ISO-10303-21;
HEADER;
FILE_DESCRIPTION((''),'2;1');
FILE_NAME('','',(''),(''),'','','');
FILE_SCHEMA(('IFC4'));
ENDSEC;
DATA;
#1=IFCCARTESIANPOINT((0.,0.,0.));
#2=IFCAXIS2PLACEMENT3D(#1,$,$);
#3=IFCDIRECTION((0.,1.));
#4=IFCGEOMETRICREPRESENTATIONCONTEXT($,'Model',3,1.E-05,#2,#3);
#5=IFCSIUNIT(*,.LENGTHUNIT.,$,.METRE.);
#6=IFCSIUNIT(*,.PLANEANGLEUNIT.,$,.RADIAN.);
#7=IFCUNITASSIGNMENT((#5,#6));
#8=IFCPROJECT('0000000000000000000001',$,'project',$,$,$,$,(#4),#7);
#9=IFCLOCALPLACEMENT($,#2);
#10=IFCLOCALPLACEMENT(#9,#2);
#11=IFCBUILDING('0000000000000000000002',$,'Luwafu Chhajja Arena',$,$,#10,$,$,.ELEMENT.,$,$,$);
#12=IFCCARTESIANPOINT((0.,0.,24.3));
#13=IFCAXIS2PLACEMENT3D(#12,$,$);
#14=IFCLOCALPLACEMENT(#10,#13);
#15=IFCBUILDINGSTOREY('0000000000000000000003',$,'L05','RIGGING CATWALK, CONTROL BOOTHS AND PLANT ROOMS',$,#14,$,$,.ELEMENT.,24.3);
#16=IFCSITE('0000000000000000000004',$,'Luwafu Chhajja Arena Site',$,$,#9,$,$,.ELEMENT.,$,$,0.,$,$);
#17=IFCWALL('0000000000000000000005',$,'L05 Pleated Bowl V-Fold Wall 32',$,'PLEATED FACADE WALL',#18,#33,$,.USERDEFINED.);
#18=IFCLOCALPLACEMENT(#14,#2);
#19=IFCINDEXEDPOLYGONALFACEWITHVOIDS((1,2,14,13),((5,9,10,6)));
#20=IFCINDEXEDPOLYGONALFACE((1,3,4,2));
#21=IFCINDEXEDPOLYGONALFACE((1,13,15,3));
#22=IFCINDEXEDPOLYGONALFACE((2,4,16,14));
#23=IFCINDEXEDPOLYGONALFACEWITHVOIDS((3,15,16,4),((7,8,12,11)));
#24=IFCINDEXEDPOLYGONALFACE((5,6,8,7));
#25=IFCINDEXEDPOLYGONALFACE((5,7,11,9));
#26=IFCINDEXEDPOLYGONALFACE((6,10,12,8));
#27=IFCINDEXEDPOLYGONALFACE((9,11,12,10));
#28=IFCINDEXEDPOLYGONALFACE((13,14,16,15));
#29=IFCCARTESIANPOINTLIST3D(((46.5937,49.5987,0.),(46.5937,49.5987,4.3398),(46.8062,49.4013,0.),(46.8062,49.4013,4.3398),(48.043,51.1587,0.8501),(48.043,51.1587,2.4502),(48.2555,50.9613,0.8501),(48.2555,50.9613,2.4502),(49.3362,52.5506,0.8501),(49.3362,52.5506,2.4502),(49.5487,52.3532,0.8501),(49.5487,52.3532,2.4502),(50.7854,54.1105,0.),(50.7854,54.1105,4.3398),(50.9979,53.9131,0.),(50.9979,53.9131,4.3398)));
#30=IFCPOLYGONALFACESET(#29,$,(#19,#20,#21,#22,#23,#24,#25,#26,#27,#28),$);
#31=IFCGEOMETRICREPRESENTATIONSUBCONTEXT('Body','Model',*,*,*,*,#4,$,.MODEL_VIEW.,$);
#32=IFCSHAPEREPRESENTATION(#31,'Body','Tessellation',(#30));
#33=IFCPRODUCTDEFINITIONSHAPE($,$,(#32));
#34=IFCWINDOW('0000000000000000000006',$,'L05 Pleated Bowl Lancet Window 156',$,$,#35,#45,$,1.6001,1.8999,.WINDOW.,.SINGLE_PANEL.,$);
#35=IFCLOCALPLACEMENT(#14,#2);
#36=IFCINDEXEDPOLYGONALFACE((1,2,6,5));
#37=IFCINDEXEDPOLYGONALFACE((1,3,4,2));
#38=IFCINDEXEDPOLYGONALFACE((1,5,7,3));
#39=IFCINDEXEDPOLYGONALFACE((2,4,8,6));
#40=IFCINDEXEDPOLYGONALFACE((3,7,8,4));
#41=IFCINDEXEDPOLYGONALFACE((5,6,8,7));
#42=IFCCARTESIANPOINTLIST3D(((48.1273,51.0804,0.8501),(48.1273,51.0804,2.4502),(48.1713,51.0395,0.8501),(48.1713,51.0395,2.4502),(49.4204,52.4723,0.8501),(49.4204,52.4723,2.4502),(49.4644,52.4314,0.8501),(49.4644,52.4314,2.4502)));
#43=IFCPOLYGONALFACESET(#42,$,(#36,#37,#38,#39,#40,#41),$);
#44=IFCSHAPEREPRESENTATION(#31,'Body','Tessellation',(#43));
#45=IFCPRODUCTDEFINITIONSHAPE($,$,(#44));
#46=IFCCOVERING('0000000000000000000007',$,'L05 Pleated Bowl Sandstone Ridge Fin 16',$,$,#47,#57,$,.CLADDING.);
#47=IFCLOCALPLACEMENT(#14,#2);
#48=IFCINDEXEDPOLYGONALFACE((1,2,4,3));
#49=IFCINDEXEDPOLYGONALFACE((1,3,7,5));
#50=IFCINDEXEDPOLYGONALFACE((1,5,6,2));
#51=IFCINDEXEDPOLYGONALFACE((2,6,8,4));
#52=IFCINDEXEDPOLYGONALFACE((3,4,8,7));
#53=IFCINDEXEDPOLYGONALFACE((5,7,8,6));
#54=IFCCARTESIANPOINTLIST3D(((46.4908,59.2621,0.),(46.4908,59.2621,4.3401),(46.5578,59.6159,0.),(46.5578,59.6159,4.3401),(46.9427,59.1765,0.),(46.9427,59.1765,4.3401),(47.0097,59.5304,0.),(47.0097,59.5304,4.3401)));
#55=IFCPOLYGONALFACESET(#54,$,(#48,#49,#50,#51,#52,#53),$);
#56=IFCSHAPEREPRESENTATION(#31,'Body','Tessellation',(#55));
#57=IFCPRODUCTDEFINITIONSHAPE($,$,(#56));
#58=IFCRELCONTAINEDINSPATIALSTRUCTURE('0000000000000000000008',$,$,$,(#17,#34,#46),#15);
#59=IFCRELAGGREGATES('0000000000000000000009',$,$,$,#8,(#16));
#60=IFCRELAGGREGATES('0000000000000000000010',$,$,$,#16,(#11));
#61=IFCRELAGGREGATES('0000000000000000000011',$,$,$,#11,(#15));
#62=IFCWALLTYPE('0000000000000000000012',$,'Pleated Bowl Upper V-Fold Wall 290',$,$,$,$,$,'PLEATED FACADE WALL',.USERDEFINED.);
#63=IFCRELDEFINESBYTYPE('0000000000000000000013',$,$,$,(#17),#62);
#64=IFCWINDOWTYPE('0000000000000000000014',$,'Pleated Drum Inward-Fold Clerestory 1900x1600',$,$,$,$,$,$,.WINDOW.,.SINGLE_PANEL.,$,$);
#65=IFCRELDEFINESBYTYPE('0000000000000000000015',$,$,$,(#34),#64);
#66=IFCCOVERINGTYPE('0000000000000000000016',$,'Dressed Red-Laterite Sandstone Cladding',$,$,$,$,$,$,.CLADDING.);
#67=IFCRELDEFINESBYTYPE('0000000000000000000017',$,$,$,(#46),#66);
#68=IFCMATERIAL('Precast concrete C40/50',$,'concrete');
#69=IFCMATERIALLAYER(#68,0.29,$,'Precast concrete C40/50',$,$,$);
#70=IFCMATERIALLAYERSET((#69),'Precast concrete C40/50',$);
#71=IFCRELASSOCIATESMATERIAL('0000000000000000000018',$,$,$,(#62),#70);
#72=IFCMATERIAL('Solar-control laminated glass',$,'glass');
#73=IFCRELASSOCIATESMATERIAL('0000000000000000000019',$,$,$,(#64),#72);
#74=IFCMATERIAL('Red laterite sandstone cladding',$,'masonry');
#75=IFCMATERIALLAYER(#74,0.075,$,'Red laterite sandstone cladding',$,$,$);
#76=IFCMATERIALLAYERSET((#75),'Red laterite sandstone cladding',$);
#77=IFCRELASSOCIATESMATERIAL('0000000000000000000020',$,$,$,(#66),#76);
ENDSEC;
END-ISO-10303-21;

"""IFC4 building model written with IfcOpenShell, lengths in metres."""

from ifc_helpers import new_model, si_unit, direction, frame, frame_2d, origin, origin_2d, place, context, subcontext, project, spatial, rectangle, extrude, material, layer, layer_set, type_object, element, fill, save


model = new_model("IFC4")

# Units and contexts
model_context = context("Model", 3, precision=1e-05, world=origin(), true_north=direction((0.0, 1.0)))
body_context = subcontext(model_context, "Body", "Model", "MODEL_VIEW")
ifc_project = project(units=[si_unit("LENGTHUNIT", "METRE"), si_unit("PLANEANGLEUNIT", "RADIAN")], contexts=[model_context])

# Site, building, storey
site_placement = place(None, origin())
site = spatial("IfcSite", under=ifc_project, at=site_placement, Name="Luwafu Chhajja Arena Site", CompositionType="ELEMENT", RefElevation=0.0)
building_placement = place(site_placement, origin())
building = spatial("IfcBuilding", under=site, at=building_placement, Name="Luwafu Chhajja Arena", CompositionType="ELEMENT")
storey_placement = place(building_placement, frame((0.0, 0.0, 24.3)))
storey = spatial("IfcBuildingStorey", under=building, at=storey_placement, Name="L05", Description="RIGGING CATWALK, CONTROL BOOTHS AND PLANT ROOMS", CompositionType="ELEMENT", Elevation=24.3)

# Shared definitions
ifc_material_1 = material(Name="Solar-control laminated glass", Category="glass")

# Wall, opening, window
ifc_material_2 = material(Name="Precast concrete C40/50", Category="concrete")
ifc_layer_1 = layer(ifc_material_2, 0.29, Name="Precast concrete C40/50")
ifc_layer_set_1 = layer_set([ifc_layer_1], Name="Precast concrete C40/50")
wall_type = type_object("IfcWallType", Name="Pleated Bowl Upper V-Fold Wall 290", ElementType="PLEATED FACADE WALL", PredefinedType="USERDEFINED", material=ifc_layer_set_1)
wall_1_placement = place(storey_placement, frame((50.8916, 54.0117, 0.0), z_axis=(0.0, 0.0, 1.0), x_axis=(-0.680643, -0.732616, 0.0)))
wall_1 = element("IfcWall", 1, at=wall_1_placement, inside=storey, type_object=wall_type, Name="L05 Pleated Bowl V-Fold Wall 32", ObjectType="PLEATED FACADE WALL", PredefinedType="USERDEFINED", context=body_context, shape_type="SweptSolid", body=[
    extrude(rectangle(XDim=6.1584, YDim=0.29, at=frame_2d((3.0791, 0.0))), origin(), (0.0, 0.0, 1.0), 4.3398),
])
opening_1_placement = place(wall_1_placement, frame((2.1292, 0.0, 0.8501)))
opening_1 = element("IfcOpeningElement", 2, at=opening_1_placement, cuts=wall_1, PredefinedType="OPENING", context=body_context, shape_type="SweptSolid", body=[
    extrude(rectangle(XDim=1.8999, YDim=1.6001, at=frame_2d((0.95, 0.8))), frame((0.0, 0.155, 0.0), z_axis=(0.0, -1.0, 0.0), x_axis=(1.0, 0.0, 0.0)), (0.0, 0.0, 1.0), 0.3101),
])
window_type_1 = type_object("IfcWindowType", Name="Pleated Drum Inward-Fold Clerestory 1900x1600", PartitioningType="SINGLE_PANEL", PredefinedType="WINDOW", material=ifc_material_1)
window_1_placement = place(opening_1_placement, origin())
window_1 = element("IfcWindow", 3, at=window_1_placement, inside=storey, type_object=window_type_1, Name="L05 Pleated Bowl Lancet Window 156", OverallHeight=1.6001, OverallWidth=1.8999, PartitioningType="SINGLE_PANEL", PredefinedType="WINDOW", context=body_context, shape_type="SweptSolid", body=[
    extrude(rectangle(XDim=1.8999, YDim=1.6001, at=frame_2d((0.95, 0.8))), frame((0.0, 0.03, 0.0), z_axis=(0.0, -1.0, 0.0), x_axis=(1.0, 0.0, 0.0)), (0.0, 0.0, 1.0), 0.0601),
])
fill(opening_1, window_1)

# Covering
ifc_material_3 = material(Name="Red laterite sandstone cladding", Category="masonry")
ifc_layer_2 = layer(ifc_material_3, 0.075, Name="Red laterite sandstone cladding")
ifc_layer_set_2 = layer_set([ifc_layer_2], Name="Red laterite sandstone cladding")
covering_type = type_object("IfcCoveringType", Name="Dressed Red-Laterite Sandstone Cladding", PredefinedType="CLADDING", material=ifc_layer_set_2)
covering_placement = place(storey_placement, frame((46.7502, 59.3962, 0.0), z_axis=(0.0, 0.0, 1.0), x_axis=(-0.982532, 0.186093, 0.0)))
element("IfcCovering", 4, at=covering_placement, inside=storey, type_object=covering_type, Name="L05 Pleated Bowl Sandstone Ridge Fin 16", PredefinedType="CLADDING", context=body_context, shape_type="SweptSolid", body=[
    extrude(rectangle(XDim=0.46, YDim=0.3601, at=origin_2d()), origin(), (0.0, 0.0, 1.0), 4.3401),
])

save(model, "model.ifc")
